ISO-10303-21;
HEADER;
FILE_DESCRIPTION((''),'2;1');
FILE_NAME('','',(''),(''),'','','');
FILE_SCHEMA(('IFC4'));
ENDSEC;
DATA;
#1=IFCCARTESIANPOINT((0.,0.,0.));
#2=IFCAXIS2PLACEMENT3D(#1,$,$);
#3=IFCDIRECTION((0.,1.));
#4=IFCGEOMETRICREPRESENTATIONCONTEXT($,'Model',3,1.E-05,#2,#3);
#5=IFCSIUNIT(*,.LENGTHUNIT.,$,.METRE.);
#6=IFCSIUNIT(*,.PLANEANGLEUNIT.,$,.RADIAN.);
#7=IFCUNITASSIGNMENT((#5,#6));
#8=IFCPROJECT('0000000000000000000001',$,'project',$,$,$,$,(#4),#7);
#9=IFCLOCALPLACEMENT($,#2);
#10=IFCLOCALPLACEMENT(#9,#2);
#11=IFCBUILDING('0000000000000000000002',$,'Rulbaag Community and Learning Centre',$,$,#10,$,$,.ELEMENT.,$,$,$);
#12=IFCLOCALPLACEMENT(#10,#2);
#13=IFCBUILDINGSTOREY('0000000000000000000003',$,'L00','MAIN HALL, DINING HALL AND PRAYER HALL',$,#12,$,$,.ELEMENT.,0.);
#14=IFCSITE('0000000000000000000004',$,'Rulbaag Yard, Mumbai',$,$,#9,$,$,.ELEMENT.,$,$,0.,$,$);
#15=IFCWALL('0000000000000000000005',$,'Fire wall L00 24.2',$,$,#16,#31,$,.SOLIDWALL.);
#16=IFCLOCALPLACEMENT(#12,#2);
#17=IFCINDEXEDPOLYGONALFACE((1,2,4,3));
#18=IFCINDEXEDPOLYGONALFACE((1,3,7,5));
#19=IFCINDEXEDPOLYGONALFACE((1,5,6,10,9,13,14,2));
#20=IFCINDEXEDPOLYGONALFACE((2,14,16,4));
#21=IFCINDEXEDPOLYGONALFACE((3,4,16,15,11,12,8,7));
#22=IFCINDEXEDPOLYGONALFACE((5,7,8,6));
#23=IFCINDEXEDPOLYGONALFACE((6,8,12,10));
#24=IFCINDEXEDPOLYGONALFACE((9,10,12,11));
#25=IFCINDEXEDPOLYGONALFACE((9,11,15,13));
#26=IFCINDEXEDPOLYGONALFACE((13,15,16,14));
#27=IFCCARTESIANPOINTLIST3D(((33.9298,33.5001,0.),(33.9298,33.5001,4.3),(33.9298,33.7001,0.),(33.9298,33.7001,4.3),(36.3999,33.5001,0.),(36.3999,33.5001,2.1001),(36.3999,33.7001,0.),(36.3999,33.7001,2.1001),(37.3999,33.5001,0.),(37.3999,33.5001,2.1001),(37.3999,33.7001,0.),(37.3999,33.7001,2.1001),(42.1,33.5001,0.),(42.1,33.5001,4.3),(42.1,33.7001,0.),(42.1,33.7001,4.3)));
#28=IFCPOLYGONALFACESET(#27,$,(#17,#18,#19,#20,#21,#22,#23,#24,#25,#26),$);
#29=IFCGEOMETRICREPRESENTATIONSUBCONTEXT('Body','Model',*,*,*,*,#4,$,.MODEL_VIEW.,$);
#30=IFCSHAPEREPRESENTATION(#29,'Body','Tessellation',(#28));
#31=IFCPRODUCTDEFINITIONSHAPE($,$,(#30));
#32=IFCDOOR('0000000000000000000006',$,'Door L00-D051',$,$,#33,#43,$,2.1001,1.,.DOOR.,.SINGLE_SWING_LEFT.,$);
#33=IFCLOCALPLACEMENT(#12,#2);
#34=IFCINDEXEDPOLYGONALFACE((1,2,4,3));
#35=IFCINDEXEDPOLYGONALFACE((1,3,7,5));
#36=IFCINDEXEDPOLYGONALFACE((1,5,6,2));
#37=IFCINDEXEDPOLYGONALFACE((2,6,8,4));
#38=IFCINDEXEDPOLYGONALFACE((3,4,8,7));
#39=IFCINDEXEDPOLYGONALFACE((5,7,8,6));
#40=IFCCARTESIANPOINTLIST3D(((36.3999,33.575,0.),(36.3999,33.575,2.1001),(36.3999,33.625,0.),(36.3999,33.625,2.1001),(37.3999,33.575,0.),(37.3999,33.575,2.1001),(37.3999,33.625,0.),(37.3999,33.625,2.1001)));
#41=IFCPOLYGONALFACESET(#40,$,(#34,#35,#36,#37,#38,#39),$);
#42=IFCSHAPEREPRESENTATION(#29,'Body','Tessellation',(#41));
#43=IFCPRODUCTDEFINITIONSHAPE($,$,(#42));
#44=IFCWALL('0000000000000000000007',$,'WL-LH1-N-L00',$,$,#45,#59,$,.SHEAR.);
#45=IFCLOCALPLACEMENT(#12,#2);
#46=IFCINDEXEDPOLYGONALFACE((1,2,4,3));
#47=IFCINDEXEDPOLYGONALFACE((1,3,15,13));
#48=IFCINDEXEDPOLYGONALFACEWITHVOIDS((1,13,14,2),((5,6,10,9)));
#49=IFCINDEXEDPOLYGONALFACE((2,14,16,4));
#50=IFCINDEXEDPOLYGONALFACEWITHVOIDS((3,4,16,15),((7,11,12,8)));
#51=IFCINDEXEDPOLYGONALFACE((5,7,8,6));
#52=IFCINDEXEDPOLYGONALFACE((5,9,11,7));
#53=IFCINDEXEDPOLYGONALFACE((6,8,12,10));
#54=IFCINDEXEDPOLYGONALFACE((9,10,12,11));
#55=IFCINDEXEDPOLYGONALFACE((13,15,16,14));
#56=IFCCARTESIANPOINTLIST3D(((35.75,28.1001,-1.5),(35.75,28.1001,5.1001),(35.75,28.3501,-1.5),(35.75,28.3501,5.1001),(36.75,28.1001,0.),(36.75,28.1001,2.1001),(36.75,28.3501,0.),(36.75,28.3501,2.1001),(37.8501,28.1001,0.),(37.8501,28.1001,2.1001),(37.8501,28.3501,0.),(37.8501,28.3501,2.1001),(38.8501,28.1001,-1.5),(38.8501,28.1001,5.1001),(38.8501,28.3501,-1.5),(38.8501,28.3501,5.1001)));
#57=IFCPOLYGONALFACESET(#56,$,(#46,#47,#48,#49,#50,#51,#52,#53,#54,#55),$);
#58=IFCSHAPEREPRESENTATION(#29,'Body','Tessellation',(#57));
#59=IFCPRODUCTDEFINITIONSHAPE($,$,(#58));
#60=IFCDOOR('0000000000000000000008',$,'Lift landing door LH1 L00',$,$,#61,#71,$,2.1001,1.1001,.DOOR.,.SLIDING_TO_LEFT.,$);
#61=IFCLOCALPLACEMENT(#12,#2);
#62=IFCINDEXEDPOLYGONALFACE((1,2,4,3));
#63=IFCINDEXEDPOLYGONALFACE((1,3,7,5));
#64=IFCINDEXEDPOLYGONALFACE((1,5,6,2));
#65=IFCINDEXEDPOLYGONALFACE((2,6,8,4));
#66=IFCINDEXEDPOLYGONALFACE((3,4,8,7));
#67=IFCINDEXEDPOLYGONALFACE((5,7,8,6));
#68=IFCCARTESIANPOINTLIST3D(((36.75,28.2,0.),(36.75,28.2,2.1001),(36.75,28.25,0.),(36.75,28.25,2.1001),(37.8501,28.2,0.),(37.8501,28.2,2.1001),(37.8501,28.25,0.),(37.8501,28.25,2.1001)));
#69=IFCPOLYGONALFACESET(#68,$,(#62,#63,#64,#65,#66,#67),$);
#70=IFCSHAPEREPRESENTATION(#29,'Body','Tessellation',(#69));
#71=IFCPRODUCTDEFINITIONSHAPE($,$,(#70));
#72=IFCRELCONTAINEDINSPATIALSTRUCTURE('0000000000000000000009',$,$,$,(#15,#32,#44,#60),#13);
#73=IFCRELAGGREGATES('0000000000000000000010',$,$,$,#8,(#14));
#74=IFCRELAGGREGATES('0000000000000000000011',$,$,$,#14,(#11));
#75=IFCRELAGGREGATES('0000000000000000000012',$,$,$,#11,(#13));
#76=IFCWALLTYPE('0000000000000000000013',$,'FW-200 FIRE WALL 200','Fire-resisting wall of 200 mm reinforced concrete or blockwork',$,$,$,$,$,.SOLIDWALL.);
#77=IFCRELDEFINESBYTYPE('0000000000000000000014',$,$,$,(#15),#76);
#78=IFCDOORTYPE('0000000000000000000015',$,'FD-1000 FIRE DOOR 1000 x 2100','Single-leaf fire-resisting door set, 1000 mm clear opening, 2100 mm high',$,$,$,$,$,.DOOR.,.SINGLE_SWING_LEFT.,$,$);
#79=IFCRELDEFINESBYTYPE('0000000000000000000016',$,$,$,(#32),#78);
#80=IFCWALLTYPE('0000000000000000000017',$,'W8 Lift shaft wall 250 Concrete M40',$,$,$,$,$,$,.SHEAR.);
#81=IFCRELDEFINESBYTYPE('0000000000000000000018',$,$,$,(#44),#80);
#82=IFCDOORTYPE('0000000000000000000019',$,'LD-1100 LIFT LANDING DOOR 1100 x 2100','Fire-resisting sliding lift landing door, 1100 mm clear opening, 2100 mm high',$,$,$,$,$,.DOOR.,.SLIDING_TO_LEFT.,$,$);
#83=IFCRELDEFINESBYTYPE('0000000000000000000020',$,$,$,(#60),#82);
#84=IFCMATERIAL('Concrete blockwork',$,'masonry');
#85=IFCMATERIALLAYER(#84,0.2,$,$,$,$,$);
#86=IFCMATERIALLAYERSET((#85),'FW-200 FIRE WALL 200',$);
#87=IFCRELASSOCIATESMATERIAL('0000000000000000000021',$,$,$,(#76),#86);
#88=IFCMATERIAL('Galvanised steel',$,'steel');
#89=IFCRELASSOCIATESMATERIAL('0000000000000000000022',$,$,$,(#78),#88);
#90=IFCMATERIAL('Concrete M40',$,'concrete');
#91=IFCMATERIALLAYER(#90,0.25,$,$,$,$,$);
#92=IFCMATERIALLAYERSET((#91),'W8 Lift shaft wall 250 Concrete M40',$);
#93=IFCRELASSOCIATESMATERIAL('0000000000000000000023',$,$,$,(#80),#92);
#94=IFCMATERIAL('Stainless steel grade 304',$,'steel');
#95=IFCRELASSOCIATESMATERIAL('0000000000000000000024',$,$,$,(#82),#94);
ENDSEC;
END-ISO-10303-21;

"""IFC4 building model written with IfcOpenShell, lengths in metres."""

from ifc_helpers import new_model, si_unit, direction, frame, frame_2d, origin, place, context, subcontext, project, spatial, rectangle, extrude, material, layer, layer_set, type_object, element, fill, save


model = new_model("IFC4")

# Units and contexts
model_context = context("Model", 3, precision=1e-05, world=origin(), true_north=direction((0.0, 1.0)))
body_context = subcontext(model_context, "Body", "Model", "MODEL_VIEW")
ifc_project = project(units=[si_unit("LENGTHUNIT", "METRE"), si_unit("PLANEANGLEUNIT", "RADIAN")], contexts=[model_context])

# Site, building, storey
site_placement = place(None, origin())
site = spatial("IfcSite", under=ifc_project, at=site_placement, Name="Rulbaag Yard, Mumbai", CompositionType="ELEMENT", RefElevation=0.0)
building_placement = place(site_placement, origin())
building = spatial("IfcBuilding", under=site, at=building_placement, Name="Rulbaag Community and Learning Centre", CompositionType="ELEMENT")
storey_placement = place(building_placement, origin())
storey = spatial("IfcBuildingStorey", under=building, at=storey_placement, Name="L00", Description="MAIN HALL, DINING HALL AND PRAYER HALL", CompositionType="ELEMENT", Elevation=0.0)

# Shared definitions
ifc_material_1 = material(Name="Concrete M40", Category="concrete")

# Shared definitions
ifc_material_2 = material(Name="Concrete blockwork", Category="masonry")
ifc_layer_1 = layer(ifc_material_2, 0.2)
ifc_layer_set_1 = layer_set([ifc_layer_1], Name="FW-200 FIRE WALL 200")
wall_type_1 = type_object("IfcWallType", Name="FW-200 FIRE WALL 200", Description="Fire-resisting wall of 200 mm reinforced concrete or blockwork", PredefinedType="SOLIDWALL", material=ifc_layer_set_1)
ifc_material_3 = material(Name="Galvanised steel", Category="steel")

# Walls, openings, doors
wall_1_placement = place(storey_placement, frame((33.9299, 33.6001, 0.0), z_axis=(0.0, 0.0, 1.0), x_axis=(1.0, 0.0, 0.0)))
wall_1 = element("IfcWall", 1, at=wall_1_placement, inside=storey, type_object=wall_type_1, Name="Fire wall L00 24.2", PredefinedType="SOLIDWALL", context=body_context, shape_type="SweptSolid", body=[
    extrude(rectangle(XDim=8.1702, YDim=0.2, at=frame_2d((4.085, 0.0))), origin(), (0.0, 0.0, 1.0), 4.3),
])
opening_1_placement = place(wall_1_placement, frame((2.47, 0.0, 0.0)))
opening_1 = element("IfcOpeningElement", 2, at=opening_1_placement, cuts=wall_1, PredefinedType="OPENING", context=body_context, shape_type="SweptSolid", body=[
    extrude(rectangle(XDim=1.0, YDim=2.1001, at=frame_2d((0.5, 1.05))), frame((0.0, 0.1099, 0.0), z_axis=(0.0, -1.0, 0.0), x_axis=(1.0, 0.0, 0.0)), (0.0, 0.0, 1.0), 0.22),
])
door_type_1 = type_object("IfcDoorType", Name="FD-1000 FIRE DOOR 1000 x 2100", Description="Single-leaf fire-resisting door set, 1000 mm clear opening, 2100 mm high", OperationType="SINGLE_SWING_LEFT", PredefinedType="DOOR", material=ifc_material_3)
door_1_placement = place(opening_1_placement, origin())
door_1 = element("IfcDoor", 3, at=door_1_placement, inside=storey, type_object=door_type_1, Name="Door L00-D051", OperationType="SINGLE_SWING_LEFT", OverallHeight=2.1001, OverallWidth=1.0, PredefinedType="DOOR", context=body_context, shape_type="SweptSolid", body=[
    extrude(rectangle(XDim=1.0, YDim=2.1001, at=frame_2d((0.5, 1.05))), frame((0.0, 0.0249, 0.0), z_axis=(0.0, -1.0, 0.0), x_axis=(1.0, 0.0, 0.0)), (0.0, 0.0, 1.0), 0.05),
])
fill(opening_1, door_1)
ifc_layer_2 = layer(ifc_material_1, 0.25)
ifc_layer_set_2 = layer_set([ifc_layer_2], Name="W8 Lift shaft wall 250 Concrete M40")
wall_type_2 = type_object("IfcWallType", Name="W8 Lift shaft wall 250 Concrete M40", PredefinedType="SHEAR", material=ifc_layer_set_2)
wall_2_placement = place(storey_placement, frame((35.75, 28.2251, -1.5), z_axis=(0.0, 0.0, 1.0), x_axis=(1.0, 0.0, 0.0)))
wall_2 = element("IfcWall", 4, at=wall_2_placement, inside=storey, type_object=wall_type_2, Name="WL-LH1-N-L00", PredefinedType="SHEAR", context=body_context, shape_type="SweptSolid", body=[
    extrude(rectangle(XDim=3.1001, YDim=0.25, at=frame_2d((1.55, 0.0))), origin(), (0.0, 0.0, 1.0), 6.6001),
])
opening_2_placement = place(wall_2_placement, frame((1.0, 0.0, 1.5)))
opening_2 = element("IfcOpeningElement", 5, at=opening_2_placement, cuts=wall_2, PredefinedType="OPENING", context=body_context, shape_type="SweptSolid", body=[
    extrude(rectangle(XDim=1.1001, YDim=2.1001, at=frame_2d((0.55, 1.05))), frame((0.0, 0.135, 0.0), z_axis=(0.0, -1.0, 0.0), x_axis=(1.0, 0.0, 0.0)), (0.0, 0.0, 1.0), 0.27),
])
ifc_material_4 = material(Name="Stainless steel grade 304", Category="steel")
door_type_2 = type_object("IfcDoorType", Name="LD-1100 LIFT LANDING DOOR 1100 x 2100", Description="Fire-resisting sliding lift landing door, 1100 mm clear opening, 2100 mm high", OperationType="SLIDING_TO_LEFT", PredefinedType="DOOR", material=ifc_material_4)
door_2_placement = place(opening_2_placement, origin())
door_2 = element("IfcDoor", 6, at=door_2_placement, inside=storey, type_object=door_type_2, Name="Lift landing door LH1 L00", OperationType="SLIDING_TO_LEFT", OverallHeight=2.1001, OverallWidth=1.1001, PredefinedType="DOOR", context=body_context, shape_type="SweptSolid", body=[
    extrude(rectangle(XDim=1.1001, YDim=2.1001, at=frame_2d((0.55, 1.05))), frame((0.0, 0.0249, 0.0), z_axis=(0.0, -1.0, 0.0), x_axis=(1.0, 0.0, 0.0)), (0.0, 0.0, 1.0), 0.05),
])
fill(opening_2, door_2)

save(model, "model.ifc")
